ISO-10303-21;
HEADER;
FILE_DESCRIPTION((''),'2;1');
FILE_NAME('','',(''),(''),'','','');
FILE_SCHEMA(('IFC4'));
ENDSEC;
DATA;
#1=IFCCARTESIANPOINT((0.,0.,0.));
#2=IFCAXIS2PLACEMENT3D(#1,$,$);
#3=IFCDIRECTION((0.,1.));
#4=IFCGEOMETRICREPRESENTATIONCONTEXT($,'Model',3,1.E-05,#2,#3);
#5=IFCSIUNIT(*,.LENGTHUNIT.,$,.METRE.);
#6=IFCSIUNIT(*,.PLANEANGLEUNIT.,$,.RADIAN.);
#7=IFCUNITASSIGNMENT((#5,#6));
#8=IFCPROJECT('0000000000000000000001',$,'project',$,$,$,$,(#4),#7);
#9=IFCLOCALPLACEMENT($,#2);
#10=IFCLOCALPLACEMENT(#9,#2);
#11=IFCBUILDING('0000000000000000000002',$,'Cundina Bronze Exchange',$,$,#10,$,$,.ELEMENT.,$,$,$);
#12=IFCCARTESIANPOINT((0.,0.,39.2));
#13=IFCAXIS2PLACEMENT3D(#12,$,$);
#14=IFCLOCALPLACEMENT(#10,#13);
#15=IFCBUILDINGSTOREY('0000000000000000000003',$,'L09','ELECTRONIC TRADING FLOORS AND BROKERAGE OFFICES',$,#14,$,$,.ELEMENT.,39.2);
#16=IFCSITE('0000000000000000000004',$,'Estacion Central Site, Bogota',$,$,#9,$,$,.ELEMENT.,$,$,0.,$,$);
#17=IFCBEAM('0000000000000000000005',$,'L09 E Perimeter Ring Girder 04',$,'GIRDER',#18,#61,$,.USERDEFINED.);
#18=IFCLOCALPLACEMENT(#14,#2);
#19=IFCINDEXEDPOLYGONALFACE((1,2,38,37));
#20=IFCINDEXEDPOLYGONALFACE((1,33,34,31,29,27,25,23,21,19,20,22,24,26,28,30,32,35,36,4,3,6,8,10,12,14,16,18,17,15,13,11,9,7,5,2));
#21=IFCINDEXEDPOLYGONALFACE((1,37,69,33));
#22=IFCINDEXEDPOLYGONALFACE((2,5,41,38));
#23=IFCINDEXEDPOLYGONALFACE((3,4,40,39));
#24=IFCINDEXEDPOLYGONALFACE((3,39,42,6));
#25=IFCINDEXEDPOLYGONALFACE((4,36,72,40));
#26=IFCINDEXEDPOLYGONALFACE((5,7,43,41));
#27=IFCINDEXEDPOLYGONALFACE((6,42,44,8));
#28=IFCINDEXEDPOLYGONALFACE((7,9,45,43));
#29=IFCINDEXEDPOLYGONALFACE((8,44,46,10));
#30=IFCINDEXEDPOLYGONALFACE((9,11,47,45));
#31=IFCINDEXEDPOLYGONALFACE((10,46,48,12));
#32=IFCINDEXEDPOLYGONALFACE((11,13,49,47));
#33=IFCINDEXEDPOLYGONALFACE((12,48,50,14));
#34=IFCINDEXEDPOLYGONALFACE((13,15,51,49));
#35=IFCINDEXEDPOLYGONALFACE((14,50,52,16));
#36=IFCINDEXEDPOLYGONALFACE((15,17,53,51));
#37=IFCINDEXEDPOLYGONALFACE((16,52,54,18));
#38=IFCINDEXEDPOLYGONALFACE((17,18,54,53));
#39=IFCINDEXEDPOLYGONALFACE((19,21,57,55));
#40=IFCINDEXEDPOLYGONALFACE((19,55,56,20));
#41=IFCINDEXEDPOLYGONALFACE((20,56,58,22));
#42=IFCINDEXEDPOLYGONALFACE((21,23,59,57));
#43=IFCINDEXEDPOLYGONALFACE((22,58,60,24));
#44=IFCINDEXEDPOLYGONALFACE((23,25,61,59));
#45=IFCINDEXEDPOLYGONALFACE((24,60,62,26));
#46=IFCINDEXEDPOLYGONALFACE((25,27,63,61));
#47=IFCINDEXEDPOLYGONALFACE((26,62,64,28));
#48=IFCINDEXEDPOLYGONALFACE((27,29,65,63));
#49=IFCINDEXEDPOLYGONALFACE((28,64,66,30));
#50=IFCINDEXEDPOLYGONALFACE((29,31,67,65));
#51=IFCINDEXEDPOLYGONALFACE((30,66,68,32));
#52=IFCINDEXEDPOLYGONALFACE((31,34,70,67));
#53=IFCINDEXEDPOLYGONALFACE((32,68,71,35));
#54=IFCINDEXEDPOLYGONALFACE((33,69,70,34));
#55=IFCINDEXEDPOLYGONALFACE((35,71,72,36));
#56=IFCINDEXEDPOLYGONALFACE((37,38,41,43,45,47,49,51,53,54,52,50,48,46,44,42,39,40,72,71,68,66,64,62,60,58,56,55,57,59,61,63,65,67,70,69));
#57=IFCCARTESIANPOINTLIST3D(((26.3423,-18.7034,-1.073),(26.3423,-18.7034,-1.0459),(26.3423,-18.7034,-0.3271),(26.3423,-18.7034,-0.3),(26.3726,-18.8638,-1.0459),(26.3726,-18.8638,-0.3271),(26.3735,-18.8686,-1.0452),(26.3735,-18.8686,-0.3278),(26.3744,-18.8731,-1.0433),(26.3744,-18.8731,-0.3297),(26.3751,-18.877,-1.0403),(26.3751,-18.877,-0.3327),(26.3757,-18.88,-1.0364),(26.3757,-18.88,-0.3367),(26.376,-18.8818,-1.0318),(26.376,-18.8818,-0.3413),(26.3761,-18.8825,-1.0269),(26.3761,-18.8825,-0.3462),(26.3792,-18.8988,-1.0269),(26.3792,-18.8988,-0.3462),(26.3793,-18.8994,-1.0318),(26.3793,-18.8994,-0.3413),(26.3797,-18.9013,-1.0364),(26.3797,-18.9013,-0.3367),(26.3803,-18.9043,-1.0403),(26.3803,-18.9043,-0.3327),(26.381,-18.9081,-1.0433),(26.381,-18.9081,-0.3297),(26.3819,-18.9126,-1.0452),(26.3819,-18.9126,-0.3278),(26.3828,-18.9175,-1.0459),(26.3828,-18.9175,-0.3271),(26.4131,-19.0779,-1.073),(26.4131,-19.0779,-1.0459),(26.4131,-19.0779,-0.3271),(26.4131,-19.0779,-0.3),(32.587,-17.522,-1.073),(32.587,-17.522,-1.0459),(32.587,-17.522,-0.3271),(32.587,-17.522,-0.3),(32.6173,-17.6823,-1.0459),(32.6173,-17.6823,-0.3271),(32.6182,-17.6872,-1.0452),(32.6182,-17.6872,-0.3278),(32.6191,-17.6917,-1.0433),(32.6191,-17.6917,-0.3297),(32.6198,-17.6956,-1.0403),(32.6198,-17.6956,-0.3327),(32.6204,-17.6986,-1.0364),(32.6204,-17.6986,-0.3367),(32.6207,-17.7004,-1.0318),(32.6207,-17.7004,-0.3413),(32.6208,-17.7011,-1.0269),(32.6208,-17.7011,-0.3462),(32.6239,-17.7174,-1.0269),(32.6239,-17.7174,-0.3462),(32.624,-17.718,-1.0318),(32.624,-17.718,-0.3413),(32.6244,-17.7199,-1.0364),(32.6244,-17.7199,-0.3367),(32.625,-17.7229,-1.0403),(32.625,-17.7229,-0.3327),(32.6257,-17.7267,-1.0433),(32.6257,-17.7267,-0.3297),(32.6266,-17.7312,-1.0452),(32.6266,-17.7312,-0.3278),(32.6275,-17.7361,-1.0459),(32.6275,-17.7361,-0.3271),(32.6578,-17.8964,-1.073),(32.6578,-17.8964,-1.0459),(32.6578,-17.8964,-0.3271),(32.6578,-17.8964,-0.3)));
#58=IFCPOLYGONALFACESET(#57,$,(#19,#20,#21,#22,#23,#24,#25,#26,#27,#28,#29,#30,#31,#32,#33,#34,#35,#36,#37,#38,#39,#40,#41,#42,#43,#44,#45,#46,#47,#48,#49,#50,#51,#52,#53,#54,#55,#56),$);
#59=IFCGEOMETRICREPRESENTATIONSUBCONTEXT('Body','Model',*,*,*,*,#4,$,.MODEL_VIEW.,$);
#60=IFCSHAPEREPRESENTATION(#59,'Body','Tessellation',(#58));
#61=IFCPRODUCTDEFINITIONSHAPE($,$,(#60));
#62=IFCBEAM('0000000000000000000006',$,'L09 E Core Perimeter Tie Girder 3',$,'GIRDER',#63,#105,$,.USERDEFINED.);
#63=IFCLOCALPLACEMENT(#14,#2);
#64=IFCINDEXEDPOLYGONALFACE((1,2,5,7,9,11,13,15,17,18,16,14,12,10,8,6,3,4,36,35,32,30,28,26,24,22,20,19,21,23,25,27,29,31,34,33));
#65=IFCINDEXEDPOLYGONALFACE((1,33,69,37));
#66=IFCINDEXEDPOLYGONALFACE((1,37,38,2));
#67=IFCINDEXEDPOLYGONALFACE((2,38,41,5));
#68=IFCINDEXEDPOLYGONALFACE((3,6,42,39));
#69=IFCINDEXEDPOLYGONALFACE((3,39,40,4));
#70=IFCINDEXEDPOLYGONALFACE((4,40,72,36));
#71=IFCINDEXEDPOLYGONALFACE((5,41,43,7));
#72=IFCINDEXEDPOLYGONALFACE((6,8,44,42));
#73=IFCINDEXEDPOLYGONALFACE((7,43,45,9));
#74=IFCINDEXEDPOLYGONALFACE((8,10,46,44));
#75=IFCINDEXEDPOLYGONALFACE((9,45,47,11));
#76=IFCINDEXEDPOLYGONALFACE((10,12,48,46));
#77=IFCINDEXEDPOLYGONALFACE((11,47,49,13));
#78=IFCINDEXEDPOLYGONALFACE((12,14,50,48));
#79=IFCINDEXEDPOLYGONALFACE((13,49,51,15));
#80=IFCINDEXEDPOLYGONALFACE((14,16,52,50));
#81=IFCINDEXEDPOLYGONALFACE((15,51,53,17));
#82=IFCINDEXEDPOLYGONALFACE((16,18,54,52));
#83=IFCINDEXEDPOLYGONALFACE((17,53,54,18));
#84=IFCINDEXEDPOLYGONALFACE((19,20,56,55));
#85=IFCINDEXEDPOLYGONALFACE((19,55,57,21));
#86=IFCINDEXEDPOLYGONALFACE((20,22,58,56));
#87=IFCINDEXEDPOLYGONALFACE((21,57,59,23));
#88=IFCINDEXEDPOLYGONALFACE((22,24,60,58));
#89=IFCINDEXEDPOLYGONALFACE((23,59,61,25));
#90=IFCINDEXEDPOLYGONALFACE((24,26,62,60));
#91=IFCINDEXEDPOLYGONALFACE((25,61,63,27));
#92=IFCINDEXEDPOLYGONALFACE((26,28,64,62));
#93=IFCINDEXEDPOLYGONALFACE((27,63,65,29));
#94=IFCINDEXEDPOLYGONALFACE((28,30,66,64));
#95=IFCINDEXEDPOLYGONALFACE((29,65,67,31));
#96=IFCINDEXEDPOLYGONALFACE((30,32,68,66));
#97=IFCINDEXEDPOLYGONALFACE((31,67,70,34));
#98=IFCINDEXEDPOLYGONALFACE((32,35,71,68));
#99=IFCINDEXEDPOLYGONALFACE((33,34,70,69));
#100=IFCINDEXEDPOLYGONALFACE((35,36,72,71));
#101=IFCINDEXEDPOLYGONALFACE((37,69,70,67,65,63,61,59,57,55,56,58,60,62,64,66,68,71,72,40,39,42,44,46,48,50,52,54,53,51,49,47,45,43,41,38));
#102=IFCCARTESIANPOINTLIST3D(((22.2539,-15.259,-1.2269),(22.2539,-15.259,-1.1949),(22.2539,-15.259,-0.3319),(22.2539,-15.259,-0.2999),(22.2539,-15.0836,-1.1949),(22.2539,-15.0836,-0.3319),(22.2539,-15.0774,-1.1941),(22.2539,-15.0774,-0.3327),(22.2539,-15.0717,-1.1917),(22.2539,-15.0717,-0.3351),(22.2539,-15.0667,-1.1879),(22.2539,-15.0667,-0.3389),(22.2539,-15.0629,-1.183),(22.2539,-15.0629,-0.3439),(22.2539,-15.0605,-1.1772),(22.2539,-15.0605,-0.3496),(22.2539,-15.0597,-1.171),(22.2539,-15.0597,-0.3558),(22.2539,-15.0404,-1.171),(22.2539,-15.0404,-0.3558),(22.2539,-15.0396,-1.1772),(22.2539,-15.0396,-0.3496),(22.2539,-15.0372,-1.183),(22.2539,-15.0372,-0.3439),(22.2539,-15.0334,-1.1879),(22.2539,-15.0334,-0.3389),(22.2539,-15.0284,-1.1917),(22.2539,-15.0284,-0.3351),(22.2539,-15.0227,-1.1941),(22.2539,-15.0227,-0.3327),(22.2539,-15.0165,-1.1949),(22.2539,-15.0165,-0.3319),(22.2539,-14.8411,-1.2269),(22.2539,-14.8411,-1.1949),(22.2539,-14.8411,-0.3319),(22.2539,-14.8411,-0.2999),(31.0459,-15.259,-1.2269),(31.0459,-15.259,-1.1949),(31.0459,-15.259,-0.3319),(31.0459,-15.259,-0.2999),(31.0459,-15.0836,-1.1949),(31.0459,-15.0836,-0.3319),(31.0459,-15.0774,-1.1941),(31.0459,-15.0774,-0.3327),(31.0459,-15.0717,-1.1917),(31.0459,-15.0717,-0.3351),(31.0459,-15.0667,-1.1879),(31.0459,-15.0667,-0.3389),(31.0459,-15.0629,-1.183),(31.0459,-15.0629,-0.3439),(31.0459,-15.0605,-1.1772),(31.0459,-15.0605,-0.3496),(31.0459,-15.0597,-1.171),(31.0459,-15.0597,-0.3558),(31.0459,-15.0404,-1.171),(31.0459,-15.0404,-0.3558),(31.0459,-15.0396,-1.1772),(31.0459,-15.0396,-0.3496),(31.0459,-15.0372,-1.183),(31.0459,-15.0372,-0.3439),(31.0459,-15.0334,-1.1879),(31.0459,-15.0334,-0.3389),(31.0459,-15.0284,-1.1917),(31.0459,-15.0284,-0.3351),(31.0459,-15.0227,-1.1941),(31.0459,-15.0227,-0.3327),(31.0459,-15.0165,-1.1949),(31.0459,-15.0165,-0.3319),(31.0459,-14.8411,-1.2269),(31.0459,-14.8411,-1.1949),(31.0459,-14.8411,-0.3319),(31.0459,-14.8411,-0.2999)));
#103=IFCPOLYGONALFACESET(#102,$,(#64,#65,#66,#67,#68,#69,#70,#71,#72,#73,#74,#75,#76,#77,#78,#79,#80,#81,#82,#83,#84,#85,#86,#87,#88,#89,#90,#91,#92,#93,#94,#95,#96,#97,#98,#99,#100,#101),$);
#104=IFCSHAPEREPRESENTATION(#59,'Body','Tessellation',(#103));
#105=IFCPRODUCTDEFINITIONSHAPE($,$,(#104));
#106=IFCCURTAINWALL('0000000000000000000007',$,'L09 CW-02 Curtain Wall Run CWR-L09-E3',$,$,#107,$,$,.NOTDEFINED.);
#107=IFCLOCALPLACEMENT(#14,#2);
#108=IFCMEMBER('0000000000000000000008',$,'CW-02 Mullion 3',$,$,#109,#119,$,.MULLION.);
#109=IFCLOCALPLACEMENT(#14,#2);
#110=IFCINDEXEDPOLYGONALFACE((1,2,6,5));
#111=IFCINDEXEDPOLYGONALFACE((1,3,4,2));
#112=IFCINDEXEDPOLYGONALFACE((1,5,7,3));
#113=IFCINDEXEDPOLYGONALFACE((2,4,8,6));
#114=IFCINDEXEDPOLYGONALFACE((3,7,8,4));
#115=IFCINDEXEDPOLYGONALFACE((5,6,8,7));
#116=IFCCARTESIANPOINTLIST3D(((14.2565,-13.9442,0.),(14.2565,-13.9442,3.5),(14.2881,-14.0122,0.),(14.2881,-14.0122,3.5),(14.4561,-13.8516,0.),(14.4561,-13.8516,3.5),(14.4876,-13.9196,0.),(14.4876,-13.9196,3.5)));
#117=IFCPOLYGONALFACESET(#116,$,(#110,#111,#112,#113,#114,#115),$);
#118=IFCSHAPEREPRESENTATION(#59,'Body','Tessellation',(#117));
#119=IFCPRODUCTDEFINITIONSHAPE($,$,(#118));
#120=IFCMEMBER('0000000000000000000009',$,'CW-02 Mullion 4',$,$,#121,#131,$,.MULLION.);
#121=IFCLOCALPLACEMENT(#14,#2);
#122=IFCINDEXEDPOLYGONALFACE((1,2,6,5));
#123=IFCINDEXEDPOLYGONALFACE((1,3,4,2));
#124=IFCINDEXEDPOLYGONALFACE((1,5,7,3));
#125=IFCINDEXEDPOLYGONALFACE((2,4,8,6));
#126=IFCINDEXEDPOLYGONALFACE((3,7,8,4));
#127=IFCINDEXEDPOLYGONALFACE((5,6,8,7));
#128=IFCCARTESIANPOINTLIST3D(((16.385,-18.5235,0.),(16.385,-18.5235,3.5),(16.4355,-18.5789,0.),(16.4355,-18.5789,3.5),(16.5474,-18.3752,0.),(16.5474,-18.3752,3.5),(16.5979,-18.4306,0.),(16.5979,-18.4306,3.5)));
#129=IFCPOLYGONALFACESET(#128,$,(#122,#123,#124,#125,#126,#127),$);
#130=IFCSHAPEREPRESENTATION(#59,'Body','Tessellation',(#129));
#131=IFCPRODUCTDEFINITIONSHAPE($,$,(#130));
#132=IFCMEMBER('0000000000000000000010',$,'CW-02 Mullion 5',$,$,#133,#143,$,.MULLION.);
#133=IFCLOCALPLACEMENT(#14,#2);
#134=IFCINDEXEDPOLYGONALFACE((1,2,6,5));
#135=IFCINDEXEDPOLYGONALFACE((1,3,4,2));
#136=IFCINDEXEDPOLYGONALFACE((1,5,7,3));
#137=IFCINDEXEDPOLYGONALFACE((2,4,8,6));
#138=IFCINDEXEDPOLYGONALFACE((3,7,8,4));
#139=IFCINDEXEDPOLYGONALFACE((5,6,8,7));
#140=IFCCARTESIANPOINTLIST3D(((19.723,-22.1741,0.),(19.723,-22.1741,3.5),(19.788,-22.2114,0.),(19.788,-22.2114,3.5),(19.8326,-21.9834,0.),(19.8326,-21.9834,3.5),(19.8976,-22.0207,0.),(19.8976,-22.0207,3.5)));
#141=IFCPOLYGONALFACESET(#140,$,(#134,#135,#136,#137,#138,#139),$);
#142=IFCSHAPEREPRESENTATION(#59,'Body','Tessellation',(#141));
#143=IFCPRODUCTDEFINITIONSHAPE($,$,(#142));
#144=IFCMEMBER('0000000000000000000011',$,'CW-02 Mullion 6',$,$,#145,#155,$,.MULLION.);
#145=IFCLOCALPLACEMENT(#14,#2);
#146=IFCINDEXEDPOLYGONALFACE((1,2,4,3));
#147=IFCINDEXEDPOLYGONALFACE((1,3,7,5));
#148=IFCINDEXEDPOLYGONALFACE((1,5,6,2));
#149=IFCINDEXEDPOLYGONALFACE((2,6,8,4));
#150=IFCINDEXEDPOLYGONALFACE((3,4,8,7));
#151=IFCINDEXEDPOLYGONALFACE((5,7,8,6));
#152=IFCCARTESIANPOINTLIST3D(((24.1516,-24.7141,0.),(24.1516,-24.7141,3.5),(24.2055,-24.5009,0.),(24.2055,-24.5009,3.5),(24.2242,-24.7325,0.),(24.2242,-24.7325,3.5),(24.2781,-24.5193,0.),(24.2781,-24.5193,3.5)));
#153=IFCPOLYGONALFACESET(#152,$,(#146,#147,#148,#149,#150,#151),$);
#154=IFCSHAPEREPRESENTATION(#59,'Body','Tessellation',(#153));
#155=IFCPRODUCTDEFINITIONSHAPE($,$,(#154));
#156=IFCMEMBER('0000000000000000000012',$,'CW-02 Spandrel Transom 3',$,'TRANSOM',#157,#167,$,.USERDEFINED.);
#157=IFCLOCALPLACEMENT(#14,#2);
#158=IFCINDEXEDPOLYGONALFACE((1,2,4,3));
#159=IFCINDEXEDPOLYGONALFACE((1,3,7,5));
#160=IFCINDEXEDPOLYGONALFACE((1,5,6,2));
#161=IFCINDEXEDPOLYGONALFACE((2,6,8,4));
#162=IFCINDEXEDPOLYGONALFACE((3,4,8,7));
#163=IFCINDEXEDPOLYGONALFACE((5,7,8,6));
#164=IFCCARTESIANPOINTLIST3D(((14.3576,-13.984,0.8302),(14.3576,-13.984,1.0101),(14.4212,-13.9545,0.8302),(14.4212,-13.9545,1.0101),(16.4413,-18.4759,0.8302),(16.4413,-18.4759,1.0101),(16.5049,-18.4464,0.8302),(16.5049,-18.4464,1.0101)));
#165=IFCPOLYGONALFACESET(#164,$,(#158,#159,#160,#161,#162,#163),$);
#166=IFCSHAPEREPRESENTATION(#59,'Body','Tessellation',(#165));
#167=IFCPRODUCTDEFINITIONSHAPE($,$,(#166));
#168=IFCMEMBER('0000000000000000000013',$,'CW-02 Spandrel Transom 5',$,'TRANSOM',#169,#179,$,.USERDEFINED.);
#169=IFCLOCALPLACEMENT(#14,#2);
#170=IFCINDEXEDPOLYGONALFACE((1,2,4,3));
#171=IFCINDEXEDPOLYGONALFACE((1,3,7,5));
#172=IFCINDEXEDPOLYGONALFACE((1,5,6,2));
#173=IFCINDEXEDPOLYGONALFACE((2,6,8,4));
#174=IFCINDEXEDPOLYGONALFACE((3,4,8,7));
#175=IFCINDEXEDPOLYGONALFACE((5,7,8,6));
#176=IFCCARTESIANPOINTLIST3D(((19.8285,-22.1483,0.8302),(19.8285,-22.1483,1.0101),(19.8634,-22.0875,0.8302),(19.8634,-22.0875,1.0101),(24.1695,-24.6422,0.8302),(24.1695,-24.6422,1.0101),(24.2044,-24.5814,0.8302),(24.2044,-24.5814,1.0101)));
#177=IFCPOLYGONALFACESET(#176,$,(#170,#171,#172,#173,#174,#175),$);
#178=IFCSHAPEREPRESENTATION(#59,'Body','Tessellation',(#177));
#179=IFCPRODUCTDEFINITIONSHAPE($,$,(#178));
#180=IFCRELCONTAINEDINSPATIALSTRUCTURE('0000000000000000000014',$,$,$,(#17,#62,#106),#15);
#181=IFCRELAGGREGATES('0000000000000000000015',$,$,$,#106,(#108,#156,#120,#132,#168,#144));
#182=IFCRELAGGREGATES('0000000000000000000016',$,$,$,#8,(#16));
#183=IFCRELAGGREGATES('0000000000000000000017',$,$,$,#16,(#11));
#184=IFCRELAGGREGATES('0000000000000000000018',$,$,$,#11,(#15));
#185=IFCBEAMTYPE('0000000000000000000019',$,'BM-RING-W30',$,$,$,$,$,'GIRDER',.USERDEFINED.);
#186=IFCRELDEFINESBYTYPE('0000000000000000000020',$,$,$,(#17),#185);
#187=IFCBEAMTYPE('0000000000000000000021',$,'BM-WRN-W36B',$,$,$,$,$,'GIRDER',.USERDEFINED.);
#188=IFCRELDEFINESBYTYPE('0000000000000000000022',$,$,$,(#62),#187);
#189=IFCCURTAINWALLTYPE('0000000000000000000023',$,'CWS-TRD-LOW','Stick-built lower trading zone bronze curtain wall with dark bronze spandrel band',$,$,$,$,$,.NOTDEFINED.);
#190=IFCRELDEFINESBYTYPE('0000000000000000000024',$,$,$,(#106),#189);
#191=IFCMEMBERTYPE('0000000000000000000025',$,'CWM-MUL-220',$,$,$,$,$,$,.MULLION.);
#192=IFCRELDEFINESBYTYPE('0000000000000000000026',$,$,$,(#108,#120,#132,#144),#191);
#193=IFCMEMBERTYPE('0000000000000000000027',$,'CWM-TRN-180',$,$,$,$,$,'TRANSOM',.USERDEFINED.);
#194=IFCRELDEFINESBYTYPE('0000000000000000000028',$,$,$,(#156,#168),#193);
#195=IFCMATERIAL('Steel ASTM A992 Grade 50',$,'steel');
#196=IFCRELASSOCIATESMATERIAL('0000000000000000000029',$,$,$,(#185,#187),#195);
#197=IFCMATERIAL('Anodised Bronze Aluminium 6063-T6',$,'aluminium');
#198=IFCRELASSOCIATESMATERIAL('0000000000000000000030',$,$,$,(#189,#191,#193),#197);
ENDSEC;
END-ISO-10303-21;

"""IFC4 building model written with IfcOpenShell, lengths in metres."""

from ifc_helpers import new_model, si_unit, direction, frame, origin, origin_2d, place, context, subcontext, project, spatial, rectangle, i_section, extrude, material, material_profile, profile_set, type_object, element, aggregate, save


model = new_model("IFC4")

# Units and contexts
model_context = context("Model", 3, precision=1e-05, world=origin(), true_north=direction((0.0, 1.0)))
body_context = subcontext(model_context, "Body", "Model", "MODEL_VIEW")
ifc_project = project(units=[si_unit("LENGTHUNIT", "METRE"), si_unit("PLANEANGLEUNIT", "RADIAN")], contexts=[model_context])

# Site, building, storey
site_placement = place(None, origin())
site = spatial("IfcSite", under=ifc_project, at=site_placement, Name="Estacion Central Site, Bogota", CompositionType="ELEMENT", RefElevation=0.0)
building_placement = place(site_placement, origin())
building = spatial("IfcBuilding", under=site, at=building_placement, Name="Cundina Bronze Exchange", CompositionType="ELEMENT")
storey_placement = place(building_placement, frame((0.0, 0.0, 39.2)))
storey = spatial("IfcBuildingStorey", under=building, at=storey_placement, Name="L09", Description="ELECTRONIC TRADING FLOORS AND BROKERAGE OFFICES", CompositionType="ELEMENT", Elevation=39.2)

# Shared definitions
ifc_material_1 = material(Name="Steel ASTM A992 Grade 50", Category="steel")

# Beams
ifc_material_profile_1 = material_profile(ifc_material_1, i_section(OverallWidth=0.3811, OverallDepth=0.7729, WebThickness=0.0166, FlangeThickness=0.0271, FilletRadius=0.019, at=origin_2d()), Name="W30X173", Category="steel")
ifc_profile_set_1 = profile_set([ifc_material_profile_1], Name="Steel ASTM A992 Grade 50")
beam_type_1 = type_object("IfcBeamType", Name="BM-RING-W30", ElementType="GIRDER", PredefinedType="USERDEFINED", material=ifc_profile_set_1)
beam_1_placement = place(storey_placement, frame((26.3777, -18.8906, -0.6865), z_axis=(0.982571, 0.185889, 0.0), x_axis=(-0.185889, 0.982571, 0.0)))
element("IfcBeam", 1, at=beam_1_placement, inside=storey, type_object=beam_type_1, Name="L09 E Perimeter Ring Girder 04", ObjectType="GIRDER", PredefinedType="USERDEFINED", context=body_context, shape_type="SweptSolid", body=[
    extrude(i_section(OverallWidth=0.3811, OverallDepth=0.7729, WebThickness=0.0166, FlangeThickness=0.0271, FilletRadius=0.019, at=origin_2d()), origin(), (0.0, 0.0, 1.0), 6.3555),
])
ifc_material_profile_2 = material_profile(ifc_material_1, i_section(OverallWidth=0.418, OverallDepth=0.927, WebThickness=0.0193, FlangeThickness=0.032, FilletRadius=0.0239, at=origin_2d()), Name="W36X231", Category="steel")
ifc_profile_set_2 = profile_set([ifc_material_profile_2], Name="Steel ASTM A992 Grade 50")
beam_type_2 = type_object("IfcBeamType", Name="BM-WRN-W36B", ElementType="GIRDER", PredefinedType="USERDEFINED", material=ifc_profile_set_2)
beam_2_placement = place(storey_placement, frame((22.2539, -15.05, -0.7634), z_axis=(1.0, 0.0, 0.0), x_axis=(0.0, 1.0, 0.0)))
element("IfcBeam", 2, at=beam_2_placement, inside=storey, type_object=beam_type_2, Name="L09 E Core Perimeter Tie Girder 3", ObjectType="GIRDER", PredefinedType="USERDEFINED", context=body_context, shape_type="SweptSolid", body=[
    extrude(i_section(OverallWidth=0.418, OverallDepth=0.927, WebThickness=0.0193, FlangeThickness=0.032, FilletRadius=0.0239, at=origin_2d()), origin(), (0.0, 0.0, 1.0), 8.792),
])

# Curtain wall, members
ifc_material_2 = material(Name="Anodised Bronze Aluminium 6063-T6", Category="aluminium")
curtain_wall_type = type_object("IfcCurtainWallType", Name="CWS-TRD-LOW", Description="Stick-built lower trading zone bronze curtain wall with dark bronze spandrel band", PredefinedType="NOTDEFINED", material=ifc_material_2)
curtain_wall_placement = place(storey_placement, origin())
curtain_wall = element("IfcCurtainWall", 3, at=curtain_wall_placement, inside=storey, type_object=curtain_wall_type, Name="L09 CW-02 Curtain Wall Run CWR-L09-E3", PredefinedType="NOTDEFINED")
ifc_material_profile_3 = material_profile(ifc_material_2, rectangle(XDim=0.075, YDim=0.22, at=origin_2d()), Name="AL75X220", Category="aluminium")
ifc_profile_set_3 = profile_set([ifc_material_profile_3], Name="Anodised Bronze Aluminium 6063-T6")
member_type_1 = type_object("IfcMemberType", Name="CWM-MUL-220", PredefinedType="MULLION", material=ifc_profile_set_3)
member_1_placement = place(storey_placement, frame((14.3721, -13.9319, 0.0), z_axis=(0.0, 0.0, 1.0), x_axis=(0.420877, -0.907117, 0.0)))
member_1 = element("IfcMember", 4, at=member_1_placement, type_object=member_type_1, Name="CW-02 Mullion 3", PredefinedType="MULLION", context=body_context, shape_type="SweptSolid", body=[
    extrude(rectangle(XDim=0.075, YDim=0.22, at=origin_2d()), origin(), (0.0, 0.0, 1.0), 3.5),
])
member_2_placement = place(storey_placement, frame((16.4915, -18.4771, 0.0), z_axis=(0.0, 0.0, 1.0), x_axis=(0.674302, -0.738455, 0.0)))
member_2 = element("IfcMember", 5, at=member_2_placement, type_object=member_type_1, Name="CW-02 Mullion 4", PredefinedType="MULLION", context=body_context, shape_type="SweptSolid", body=[
    extrude(rectangle(XDim=0.075, YDim=0.22, at=origin_2d()), origin(), (0.0, 0.0, 1.0), 3.5),
])
member_3_placement = place(storey_placement, frame((19.8103, -22.0974, 0.0), z_axis=(0.0, 0.0, 1.0), x_axis=(0.867071, -0.498185, 0.0)))
member_3 = element("IfcMember", 6, at=member_3_placement, type_object=member_type_1, Name="CW-02 Mullion 5", PredefinedType="MULLION", context=body_context, shape_type="SweptSolid", body=[
    extrude(rectangle(XDim=0.075, YDim=0.22, at=origin_2d()), origin(), (0.0, 0.0, 1.0), 3.5),
])
member_4_placement = place(storey_placement, frame((24.2148, -24.6167, 0.0), z_axis=(0.0, 0.0, 1.0), x_axis=(0.969488, -0.245138, 0.0)))
member_4 = element("IfcMember", 7, at=member_4_placement, type_object=member_type_1, Name="CW-02 Mullion 6", PredefinedType="MULLION", context=body_context, shape_type="SweptSolid", body=[
    extrude(rectangle(XDim=0.075, YDim=0.22, at=origin_2d()), origin(), (0.0, 0.0, 1.0), 3.5),
])
ifc_material_profile_4 = material_profile(ifc_material_2, rectangle(XDim=0.0701, YDim=0.1799, at=origin_2d()), Name="AL70X180", Category="aluminium")
ifc_profile_set_4 = profile_set([ifc_material_profile_4], Name="Anodised Bronze Aluminium 6063-T6")
member_type_2 = type_object("IfcMemberType", Name="CWM-TRN-180", ElementType="TRANSOM", PredefinedType="USERDEFINED", material=ifc_profile_set_4)
member_5_placement = place(storey_placement, frame((14.3894, -13.9692, 0.9202), z_axis=(0.420811, -0.907148, 0.0), x_axis=(0.907148, 0.420811, 0.0)))
member_5 = element("IfcMember", 8, at=member_5_placement, type_object=member_type_2, Name="CW-02 Spandrel Transom 3", ObjectType="TRANSOM", PredefinedType="USERDEFINED", context=body_context, shape_type="SweptSolid", body=[
    extrude(rectangle(XDim=0.0701, YDim=0.1799, at=origin_2d()), origin(), (0.0, 0.0, 1.0), 4.9517),
])
member_6_placement = place(storey_placement, frame((19.8459, -22.1179, 0.9202), z_axis=(0.867097, -0.498139, 0.0), x_axis=(0.498139, 0.867097, 0.0)))
member_6 = element("IfcMember", 9, at=member_6_placement, type_object=member_type_2, Name="CW-02 Spandrel Transom 5", ObjectType="TRANSOM", PredefinedType="USERDEFINED", context=body_context, shape_type="SweptSolid", body=[
    extrude(rectangle(XDim=0.0701, YDim=0.1799, at=origin_2d()), origin(), (0.0, 0.0, 1.0), 5.0063),
])
aggregate(curtain_wall, [member_1, member_5, member_2, member_3, member_6, member_4])

save(model, "model.ifc")
